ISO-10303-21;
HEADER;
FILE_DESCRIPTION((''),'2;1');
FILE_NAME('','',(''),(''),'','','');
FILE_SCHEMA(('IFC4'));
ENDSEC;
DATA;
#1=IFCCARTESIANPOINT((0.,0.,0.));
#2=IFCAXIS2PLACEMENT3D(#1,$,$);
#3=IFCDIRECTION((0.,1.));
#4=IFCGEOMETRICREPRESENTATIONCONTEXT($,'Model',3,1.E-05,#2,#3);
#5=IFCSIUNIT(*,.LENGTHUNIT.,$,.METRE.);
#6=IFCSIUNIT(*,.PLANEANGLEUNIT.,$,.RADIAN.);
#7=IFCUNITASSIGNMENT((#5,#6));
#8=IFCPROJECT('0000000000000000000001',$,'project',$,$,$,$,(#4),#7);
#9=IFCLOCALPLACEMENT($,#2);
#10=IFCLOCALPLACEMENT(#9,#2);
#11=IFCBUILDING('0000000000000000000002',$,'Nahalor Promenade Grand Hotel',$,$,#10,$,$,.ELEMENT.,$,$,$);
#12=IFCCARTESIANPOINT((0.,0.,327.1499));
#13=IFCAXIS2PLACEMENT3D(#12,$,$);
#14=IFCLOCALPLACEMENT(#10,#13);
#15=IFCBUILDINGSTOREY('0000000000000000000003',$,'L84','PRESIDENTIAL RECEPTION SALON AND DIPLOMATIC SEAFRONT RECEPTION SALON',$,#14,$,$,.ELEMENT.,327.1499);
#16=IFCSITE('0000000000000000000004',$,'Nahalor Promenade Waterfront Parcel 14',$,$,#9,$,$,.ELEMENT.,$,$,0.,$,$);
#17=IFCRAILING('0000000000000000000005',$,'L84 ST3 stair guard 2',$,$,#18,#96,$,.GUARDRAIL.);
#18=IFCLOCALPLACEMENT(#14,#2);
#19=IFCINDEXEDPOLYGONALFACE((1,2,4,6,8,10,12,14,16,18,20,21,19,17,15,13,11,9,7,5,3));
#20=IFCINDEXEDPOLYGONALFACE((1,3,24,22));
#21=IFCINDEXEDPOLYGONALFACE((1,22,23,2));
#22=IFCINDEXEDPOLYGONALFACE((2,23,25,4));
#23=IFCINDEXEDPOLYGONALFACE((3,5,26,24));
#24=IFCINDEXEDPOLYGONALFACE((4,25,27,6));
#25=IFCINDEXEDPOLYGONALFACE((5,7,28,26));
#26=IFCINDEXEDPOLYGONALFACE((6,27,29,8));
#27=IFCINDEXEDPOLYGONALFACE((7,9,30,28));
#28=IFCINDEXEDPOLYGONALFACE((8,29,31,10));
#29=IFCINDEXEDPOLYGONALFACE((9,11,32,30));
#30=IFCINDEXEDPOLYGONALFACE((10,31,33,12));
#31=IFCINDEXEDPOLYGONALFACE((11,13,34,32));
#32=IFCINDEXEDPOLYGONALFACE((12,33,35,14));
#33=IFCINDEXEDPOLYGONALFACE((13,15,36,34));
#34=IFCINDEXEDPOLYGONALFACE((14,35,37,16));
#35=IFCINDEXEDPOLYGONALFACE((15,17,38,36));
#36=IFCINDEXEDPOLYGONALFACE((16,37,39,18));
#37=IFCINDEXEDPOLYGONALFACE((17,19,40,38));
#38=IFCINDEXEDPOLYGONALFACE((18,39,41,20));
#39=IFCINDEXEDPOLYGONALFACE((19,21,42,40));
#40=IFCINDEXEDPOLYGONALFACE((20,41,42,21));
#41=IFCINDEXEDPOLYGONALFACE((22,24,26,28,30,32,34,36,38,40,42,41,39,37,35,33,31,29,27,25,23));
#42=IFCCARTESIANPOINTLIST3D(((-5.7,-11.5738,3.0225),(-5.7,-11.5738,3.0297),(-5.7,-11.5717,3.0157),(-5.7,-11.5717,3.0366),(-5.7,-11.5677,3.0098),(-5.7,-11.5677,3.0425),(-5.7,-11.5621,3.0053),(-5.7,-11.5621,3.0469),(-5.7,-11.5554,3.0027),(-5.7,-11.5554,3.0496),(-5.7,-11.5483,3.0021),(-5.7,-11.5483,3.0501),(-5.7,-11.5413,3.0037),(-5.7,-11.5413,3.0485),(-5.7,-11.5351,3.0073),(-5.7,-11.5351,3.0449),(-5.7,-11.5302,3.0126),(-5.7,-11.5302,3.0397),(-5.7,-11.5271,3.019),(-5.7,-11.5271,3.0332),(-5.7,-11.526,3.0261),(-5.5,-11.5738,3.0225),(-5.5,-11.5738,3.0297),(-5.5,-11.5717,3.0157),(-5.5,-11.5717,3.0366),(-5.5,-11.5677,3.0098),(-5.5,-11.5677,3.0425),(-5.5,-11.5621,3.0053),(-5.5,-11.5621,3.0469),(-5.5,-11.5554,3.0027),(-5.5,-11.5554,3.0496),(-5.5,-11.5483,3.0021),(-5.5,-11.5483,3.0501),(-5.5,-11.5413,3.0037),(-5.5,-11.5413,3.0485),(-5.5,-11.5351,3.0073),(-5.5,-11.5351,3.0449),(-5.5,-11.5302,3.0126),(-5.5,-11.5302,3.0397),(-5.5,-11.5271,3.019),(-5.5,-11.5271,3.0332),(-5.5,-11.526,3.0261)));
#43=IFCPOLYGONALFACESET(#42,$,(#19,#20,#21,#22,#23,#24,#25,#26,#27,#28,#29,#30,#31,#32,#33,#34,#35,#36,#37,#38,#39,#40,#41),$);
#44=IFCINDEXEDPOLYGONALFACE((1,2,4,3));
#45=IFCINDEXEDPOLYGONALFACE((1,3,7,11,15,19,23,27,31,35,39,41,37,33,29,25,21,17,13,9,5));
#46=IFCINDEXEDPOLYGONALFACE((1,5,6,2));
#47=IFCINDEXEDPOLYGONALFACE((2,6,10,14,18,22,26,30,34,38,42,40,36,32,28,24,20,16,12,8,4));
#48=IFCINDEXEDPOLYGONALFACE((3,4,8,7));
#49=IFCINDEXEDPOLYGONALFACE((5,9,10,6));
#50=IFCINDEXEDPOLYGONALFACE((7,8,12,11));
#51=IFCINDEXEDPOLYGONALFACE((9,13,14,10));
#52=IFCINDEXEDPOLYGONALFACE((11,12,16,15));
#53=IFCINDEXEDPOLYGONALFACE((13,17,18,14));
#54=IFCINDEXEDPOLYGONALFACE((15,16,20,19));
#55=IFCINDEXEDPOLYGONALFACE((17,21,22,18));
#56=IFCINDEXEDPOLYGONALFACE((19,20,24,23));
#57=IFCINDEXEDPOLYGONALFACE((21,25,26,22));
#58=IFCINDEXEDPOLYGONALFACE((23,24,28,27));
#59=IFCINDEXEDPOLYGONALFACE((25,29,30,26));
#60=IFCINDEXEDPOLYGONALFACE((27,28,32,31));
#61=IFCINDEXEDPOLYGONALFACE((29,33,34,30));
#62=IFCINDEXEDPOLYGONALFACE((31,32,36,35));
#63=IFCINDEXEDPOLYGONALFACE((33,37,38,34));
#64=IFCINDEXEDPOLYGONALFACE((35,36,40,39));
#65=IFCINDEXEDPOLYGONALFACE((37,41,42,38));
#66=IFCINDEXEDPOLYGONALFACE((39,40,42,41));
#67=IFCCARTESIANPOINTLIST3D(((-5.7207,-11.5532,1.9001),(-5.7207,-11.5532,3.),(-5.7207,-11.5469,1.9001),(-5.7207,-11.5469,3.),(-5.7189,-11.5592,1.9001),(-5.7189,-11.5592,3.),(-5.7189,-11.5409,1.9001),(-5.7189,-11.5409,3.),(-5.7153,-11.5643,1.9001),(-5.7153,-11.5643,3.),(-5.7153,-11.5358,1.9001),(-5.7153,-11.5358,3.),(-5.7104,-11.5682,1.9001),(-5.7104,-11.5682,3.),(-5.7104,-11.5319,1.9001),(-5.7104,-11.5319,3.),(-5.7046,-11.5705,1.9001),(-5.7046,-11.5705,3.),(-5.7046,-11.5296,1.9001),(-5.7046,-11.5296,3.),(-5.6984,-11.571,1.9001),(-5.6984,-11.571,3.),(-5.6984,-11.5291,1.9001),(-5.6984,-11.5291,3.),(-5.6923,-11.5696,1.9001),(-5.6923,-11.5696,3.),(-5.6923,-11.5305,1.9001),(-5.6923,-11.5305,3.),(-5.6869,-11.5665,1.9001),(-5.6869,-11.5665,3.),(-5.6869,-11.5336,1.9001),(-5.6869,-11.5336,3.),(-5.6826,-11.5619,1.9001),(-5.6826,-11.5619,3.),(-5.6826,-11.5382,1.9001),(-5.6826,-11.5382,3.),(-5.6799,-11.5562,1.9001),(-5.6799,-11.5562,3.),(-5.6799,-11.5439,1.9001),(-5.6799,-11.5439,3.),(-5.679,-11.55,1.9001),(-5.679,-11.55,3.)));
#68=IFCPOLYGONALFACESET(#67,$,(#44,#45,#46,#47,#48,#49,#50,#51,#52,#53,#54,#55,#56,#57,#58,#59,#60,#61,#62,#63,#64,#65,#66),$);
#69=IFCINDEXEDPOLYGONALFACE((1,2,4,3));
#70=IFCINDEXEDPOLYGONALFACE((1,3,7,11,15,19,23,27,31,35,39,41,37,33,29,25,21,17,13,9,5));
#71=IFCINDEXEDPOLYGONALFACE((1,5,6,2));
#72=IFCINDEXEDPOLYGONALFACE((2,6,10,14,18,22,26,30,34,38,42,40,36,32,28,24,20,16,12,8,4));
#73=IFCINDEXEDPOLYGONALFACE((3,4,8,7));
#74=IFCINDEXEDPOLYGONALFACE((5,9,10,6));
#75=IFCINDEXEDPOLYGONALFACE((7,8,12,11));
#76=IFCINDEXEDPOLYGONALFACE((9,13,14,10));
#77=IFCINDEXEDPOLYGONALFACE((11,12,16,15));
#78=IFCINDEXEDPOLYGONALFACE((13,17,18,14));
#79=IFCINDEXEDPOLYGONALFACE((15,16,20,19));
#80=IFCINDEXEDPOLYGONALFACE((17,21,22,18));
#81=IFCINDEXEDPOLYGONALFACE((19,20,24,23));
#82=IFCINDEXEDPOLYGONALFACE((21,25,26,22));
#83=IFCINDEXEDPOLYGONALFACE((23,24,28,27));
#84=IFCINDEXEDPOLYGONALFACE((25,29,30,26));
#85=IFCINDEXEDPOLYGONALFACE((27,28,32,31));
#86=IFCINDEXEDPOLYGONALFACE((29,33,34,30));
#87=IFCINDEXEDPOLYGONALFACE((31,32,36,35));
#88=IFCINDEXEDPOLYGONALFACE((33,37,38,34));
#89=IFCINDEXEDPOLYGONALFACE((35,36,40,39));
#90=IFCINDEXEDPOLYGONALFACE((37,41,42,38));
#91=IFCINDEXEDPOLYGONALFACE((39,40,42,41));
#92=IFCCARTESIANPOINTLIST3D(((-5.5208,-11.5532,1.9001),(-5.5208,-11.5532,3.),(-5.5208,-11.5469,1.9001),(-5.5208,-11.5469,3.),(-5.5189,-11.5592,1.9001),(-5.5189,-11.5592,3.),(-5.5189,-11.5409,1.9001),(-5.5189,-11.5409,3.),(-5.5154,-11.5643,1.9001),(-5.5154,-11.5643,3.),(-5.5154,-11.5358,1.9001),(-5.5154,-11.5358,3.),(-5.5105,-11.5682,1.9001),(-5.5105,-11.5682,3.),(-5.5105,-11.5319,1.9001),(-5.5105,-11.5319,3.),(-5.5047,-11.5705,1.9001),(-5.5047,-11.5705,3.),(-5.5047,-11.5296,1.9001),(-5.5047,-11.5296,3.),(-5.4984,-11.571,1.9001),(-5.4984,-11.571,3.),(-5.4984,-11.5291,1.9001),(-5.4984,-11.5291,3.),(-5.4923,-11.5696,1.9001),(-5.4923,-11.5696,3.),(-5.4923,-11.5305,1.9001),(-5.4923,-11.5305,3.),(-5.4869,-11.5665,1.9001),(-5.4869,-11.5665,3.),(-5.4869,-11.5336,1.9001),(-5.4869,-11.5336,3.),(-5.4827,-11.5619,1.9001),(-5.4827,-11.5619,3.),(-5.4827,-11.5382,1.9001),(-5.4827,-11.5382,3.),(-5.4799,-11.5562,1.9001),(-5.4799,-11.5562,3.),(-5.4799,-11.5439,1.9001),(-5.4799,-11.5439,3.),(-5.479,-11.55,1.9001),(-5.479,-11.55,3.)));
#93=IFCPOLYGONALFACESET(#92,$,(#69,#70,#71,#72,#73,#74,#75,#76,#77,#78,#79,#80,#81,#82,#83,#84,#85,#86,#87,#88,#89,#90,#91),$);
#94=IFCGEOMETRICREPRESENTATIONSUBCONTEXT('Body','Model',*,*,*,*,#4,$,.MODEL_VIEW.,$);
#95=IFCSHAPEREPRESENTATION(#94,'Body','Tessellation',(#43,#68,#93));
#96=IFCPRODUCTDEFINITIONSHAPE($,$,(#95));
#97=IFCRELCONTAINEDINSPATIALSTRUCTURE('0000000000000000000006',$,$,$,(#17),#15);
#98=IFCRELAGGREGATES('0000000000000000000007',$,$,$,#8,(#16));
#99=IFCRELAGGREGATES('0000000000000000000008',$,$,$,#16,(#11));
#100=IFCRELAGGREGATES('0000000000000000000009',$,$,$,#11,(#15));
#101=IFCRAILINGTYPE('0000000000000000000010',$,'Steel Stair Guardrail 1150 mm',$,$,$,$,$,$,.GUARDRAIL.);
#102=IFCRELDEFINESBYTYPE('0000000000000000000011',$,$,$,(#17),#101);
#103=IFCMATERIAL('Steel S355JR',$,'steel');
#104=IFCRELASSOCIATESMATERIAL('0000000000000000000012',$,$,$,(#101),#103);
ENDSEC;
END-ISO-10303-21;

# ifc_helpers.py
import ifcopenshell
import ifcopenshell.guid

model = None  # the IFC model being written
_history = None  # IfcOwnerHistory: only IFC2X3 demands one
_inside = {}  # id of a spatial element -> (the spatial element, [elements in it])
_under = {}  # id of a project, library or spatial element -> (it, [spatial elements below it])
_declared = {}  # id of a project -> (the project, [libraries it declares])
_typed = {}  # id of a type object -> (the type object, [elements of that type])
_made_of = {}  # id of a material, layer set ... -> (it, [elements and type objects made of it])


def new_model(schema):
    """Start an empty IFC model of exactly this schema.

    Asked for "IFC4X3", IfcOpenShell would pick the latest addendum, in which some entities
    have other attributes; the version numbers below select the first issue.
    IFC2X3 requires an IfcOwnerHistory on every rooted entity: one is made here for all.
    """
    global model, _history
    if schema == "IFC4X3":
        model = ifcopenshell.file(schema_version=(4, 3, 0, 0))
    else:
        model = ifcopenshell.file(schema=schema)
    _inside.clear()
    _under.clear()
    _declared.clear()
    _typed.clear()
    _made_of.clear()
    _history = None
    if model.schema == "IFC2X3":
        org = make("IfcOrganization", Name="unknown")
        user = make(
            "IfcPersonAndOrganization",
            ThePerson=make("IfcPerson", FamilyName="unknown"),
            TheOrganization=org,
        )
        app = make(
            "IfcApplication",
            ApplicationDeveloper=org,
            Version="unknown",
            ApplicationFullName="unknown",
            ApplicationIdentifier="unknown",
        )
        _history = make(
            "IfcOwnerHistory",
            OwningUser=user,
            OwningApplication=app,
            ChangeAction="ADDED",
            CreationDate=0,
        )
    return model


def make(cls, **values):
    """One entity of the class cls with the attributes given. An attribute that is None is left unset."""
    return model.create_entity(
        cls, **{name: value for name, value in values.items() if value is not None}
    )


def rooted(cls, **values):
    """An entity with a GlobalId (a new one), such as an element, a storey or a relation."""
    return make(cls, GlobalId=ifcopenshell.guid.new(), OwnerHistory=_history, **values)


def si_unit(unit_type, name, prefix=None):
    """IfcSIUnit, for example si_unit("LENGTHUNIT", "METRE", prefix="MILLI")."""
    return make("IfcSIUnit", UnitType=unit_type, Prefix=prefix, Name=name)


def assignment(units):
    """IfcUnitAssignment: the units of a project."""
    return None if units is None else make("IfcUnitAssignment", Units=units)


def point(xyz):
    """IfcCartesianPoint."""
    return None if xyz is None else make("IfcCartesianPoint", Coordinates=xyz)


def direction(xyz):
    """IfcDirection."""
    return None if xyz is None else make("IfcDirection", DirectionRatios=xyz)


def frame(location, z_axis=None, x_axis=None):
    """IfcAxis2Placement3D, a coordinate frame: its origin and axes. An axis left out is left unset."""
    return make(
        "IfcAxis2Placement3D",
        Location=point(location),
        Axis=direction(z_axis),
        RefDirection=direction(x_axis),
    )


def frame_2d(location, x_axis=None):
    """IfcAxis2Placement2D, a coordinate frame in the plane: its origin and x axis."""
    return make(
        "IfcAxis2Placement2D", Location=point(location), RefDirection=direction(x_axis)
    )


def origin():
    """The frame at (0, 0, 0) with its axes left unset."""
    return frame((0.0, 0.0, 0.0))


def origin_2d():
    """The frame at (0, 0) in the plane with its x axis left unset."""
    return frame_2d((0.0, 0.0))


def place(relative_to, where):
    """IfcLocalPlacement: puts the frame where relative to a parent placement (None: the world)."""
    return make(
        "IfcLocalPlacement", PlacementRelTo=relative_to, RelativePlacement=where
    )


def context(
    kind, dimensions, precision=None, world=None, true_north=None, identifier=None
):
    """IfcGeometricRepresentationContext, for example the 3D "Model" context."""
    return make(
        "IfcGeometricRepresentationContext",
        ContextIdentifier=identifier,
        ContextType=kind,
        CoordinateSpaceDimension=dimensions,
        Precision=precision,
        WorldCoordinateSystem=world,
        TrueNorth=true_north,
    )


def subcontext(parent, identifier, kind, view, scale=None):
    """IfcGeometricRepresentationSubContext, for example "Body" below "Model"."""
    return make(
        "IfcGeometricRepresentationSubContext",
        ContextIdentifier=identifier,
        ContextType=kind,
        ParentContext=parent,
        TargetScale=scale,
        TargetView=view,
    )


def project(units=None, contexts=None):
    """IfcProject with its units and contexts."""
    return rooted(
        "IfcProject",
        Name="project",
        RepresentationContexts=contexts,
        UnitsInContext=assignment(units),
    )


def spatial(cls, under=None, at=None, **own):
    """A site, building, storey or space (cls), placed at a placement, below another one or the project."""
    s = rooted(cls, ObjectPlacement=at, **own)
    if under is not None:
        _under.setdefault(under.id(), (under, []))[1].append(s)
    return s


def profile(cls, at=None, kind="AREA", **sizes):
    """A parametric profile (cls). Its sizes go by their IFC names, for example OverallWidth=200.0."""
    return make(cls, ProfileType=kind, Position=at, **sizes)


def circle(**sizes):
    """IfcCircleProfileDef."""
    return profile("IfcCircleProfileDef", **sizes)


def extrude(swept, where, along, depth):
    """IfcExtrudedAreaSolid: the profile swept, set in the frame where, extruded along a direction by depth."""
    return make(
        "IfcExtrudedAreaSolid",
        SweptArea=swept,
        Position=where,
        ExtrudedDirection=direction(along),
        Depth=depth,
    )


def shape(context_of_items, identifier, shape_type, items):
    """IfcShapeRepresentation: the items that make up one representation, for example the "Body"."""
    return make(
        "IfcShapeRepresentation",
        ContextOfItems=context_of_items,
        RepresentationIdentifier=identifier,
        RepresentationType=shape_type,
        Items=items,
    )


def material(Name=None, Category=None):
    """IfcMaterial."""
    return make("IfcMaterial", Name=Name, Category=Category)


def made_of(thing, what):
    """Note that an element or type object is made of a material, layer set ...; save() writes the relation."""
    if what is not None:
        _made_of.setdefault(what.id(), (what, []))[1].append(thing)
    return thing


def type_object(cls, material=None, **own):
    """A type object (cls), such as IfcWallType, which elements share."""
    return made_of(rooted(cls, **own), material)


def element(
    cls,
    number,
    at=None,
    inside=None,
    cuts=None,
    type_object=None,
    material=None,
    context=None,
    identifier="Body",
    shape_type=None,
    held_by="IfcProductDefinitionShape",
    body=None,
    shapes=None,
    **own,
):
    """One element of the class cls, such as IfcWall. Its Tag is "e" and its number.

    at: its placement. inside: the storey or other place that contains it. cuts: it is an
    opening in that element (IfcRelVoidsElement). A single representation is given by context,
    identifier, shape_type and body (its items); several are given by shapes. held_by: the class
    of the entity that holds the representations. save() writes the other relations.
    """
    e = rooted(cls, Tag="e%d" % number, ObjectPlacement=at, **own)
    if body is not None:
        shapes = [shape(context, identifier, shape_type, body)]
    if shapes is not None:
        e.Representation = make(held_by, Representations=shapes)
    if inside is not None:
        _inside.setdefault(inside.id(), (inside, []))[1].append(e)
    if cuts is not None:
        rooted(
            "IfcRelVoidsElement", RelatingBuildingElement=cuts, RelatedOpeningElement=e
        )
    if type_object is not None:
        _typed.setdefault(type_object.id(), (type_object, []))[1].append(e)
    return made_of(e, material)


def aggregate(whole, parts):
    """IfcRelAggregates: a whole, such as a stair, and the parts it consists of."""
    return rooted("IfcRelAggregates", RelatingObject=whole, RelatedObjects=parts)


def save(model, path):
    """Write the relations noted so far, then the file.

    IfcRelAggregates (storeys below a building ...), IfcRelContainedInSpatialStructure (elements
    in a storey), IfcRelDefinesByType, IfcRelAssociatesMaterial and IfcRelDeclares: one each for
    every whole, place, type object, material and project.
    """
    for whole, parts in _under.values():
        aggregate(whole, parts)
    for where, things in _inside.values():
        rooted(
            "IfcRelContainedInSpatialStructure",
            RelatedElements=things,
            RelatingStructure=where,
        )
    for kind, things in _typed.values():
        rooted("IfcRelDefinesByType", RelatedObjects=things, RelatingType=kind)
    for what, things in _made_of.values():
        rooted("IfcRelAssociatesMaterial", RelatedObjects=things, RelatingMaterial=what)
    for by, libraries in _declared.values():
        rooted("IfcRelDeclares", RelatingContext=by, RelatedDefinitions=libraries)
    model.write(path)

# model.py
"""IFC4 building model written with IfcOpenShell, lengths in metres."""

from ifc_helpers import new_model, si_unit, direction, frame, origin, origin_2d, place, context, subcontext, project, spatial, circle, extrude, material, type_object, element, save


model = new_model("IFC4")

# Units and contexts
model_context = context("Model", 3, precision=1e-05, world=origin(), true_north=direction((0.0, 1.0)))
body_context = subcontext(model_context, "Body", "Model", "MODEL_VIEW")
ifc_project = project(units=[si_unit("LENGTHUNIT", "METRE"), si_unit("PLANEANGLEUNIT", "RADIAN")], contexts=[model_context])

# Site, building, storey
site_placement = place(None, origin())
site = spatial("IfcSite", under=ifc_project, at=site_placement, Name="Nahalor Promenade Waterfront Parcel 14", CompositionType="ELEMENT", RefElevation=0.0)
building_placement = place(site_placement, origin())
building = spatial("IfcBuilding", under=site, at=building_placement, Name="Nahalor Promenade Grand Hotel", CompositionType="ELEMENT")
storey_placement = place(building_placement, frame((0.0, 0.0, 327.1499)))
storey = spatial("IfcBuildingStorey", under=building, at=storey_placement, Name="L84", Description="PRESIDENTIAL RECEPTION SALON AND DIPLOMATIC SEAFRONT RECEPTION SALON", CompositionType="ELEMENT", Elevation=327.1499)

# Shared definitions
ifc_material_1 = material(Name="Steel S355JR", Category="steel")

# Railing
railing_type_1 = type_object("IfcRailingType", Name="Steel Stair Guardrail 1150 mm", PredefinedType="GUARDRAIL", material=ifc_material_1)
railing_1_placement = place(storey_placement, frame((-5.7, -11.55, 1.9001)))
element("IfcRailing", 1, at=railing_1_placement, inside=storey, type_object=railing_type_1, Name="L84 ST3 stair guard 2", PredefinedType="GUARDRAIL", context=body_context, shape_type="SweptSolid", body=[
    extrude(circle(Radius=0.024, at=origin_2d()), frame((0.0, 0.0, 1.126), z_axis=(1.0, 0.0, 0.0), x_axis=(0.0, 1.0, 0.0)), (0.0, 0.0, 1.0), 0.2),
    extrude(circle(Radius=0.021, at=origin_2d()), origin(), (0.0, 0.0, 1.0), 1.0999),
    extrude(circle(Radius=0.021, at=origin_2d()), frame((0.2, 0.0, 0.0)), (0.0, 0.0, 1.0), 1.0999),
])

save(model, "model.ifc")
